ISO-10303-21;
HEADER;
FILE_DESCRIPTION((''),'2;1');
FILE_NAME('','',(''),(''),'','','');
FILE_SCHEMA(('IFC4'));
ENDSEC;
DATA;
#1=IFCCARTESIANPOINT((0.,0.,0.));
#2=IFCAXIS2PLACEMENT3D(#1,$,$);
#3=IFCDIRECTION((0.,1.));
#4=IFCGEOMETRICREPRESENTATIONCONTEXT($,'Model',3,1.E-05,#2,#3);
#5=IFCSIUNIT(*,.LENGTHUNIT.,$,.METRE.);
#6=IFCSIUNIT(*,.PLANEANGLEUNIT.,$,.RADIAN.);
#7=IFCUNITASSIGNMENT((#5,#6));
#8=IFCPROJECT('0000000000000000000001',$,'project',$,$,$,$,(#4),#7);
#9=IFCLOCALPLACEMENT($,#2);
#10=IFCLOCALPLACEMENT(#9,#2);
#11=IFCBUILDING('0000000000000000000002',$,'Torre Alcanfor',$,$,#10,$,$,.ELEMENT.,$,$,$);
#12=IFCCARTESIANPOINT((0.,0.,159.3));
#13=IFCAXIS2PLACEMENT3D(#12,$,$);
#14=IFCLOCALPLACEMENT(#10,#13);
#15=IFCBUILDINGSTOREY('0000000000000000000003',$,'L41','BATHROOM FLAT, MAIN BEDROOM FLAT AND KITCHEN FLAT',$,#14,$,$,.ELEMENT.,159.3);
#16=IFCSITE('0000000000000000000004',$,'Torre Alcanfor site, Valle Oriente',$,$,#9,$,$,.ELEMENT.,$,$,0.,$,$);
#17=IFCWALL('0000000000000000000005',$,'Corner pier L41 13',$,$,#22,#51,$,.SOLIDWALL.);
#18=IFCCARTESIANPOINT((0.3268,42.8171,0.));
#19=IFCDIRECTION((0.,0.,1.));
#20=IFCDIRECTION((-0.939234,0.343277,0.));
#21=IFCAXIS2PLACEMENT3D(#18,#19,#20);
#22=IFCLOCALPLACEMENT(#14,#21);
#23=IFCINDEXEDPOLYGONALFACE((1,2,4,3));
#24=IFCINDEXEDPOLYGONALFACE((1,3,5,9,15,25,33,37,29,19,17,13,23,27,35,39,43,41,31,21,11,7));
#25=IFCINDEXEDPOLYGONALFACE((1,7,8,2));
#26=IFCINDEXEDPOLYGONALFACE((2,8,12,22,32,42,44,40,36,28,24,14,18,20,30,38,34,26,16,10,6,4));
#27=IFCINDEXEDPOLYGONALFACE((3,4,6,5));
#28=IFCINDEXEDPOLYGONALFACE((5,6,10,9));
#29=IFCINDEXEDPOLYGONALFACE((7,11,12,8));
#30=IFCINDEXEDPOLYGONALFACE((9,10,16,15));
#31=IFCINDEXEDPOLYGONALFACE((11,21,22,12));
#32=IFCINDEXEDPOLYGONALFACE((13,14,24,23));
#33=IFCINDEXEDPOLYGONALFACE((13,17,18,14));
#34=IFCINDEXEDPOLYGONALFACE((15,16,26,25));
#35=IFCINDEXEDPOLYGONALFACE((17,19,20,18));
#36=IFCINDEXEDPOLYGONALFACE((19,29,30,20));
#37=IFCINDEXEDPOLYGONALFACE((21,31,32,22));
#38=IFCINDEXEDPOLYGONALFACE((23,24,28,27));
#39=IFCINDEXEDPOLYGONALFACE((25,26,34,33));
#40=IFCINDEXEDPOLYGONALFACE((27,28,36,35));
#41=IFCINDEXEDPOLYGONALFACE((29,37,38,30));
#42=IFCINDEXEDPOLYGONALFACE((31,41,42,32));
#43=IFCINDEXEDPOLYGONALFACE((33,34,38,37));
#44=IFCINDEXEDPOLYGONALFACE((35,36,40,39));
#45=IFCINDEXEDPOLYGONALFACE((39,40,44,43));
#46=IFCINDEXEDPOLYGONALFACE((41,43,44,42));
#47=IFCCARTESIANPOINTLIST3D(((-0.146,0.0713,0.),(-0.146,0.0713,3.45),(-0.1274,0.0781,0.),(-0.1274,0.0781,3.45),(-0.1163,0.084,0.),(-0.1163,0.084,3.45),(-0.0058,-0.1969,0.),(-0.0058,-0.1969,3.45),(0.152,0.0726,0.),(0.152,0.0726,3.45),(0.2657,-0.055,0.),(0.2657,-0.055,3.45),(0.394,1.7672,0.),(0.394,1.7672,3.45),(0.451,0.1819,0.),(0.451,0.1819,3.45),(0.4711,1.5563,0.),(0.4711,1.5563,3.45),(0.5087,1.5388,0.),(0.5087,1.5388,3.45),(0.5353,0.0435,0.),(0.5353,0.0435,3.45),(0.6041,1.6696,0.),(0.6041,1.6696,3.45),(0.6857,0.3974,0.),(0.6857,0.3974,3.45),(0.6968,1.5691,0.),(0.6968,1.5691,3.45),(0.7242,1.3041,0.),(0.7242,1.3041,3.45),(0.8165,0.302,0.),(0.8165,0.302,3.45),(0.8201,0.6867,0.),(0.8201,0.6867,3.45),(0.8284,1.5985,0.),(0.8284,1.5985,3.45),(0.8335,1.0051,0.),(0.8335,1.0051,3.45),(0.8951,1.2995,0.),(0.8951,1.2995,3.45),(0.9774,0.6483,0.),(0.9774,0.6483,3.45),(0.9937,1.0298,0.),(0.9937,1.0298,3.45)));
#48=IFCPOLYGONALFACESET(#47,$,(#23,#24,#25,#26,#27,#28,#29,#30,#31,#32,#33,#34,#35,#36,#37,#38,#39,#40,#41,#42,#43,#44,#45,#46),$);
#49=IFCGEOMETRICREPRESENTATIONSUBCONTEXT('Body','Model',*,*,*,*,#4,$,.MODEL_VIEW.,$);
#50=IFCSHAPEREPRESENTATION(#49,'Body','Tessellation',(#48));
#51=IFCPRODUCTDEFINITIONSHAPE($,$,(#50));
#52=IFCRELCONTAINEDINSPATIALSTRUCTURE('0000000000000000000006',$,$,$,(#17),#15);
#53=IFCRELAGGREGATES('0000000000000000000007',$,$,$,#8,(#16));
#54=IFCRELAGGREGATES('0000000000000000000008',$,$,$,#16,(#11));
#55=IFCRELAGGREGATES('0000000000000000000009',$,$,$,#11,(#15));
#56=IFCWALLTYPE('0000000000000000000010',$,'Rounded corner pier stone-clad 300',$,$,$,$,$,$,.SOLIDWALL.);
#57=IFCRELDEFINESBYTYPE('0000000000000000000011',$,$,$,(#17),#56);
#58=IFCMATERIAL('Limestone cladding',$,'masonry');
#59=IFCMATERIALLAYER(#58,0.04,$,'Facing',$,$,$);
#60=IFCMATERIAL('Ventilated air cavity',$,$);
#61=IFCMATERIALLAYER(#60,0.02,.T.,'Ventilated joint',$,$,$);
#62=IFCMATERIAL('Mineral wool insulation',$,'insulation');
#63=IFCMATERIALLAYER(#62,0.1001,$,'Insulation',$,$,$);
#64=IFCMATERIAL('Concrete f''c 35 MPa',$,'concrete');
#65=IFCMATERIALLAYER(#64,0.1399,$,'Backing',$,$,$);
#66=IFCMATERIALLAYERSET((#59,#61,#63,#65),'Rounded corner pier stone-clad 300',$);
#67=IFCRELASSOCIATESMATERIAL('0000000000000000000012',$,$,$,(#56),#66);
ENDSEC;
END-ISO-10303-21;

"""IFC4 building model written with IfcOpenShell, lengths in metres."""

from ifc_helpers import new_model, si_unit, direction, frame, origin, place, context, subcontext, project, spatial, polyline, outline, extrude, material, layer, layer_set, type_object, element, save


model = new_model("IFC4")

# Units and contexts
model_context = context("Model", 3, precision=1e-05, world=origin(), true_north=direction((0.0, 1.0)))
body_context = subcontext(model_context, "Body", "Model", "MODEL_VIEW")
ifc_project = project(units=[si_unit("LENGTHUNIT", "METRE"), si_unit("PLANEANGLEUNIT", "RADIAN")], contexts=[model_context])

# Site, building, storey
site_placement = place(None, origin())
site = spatial("IfcSite", under=ifc_project, at=site_placement, Name="Torre Alcanfor site, Valle Oriente", CompositionType="ELEMENT", RefElevation=0.0)
building_placement = place(site_placement, origin())
building = spatial("IfcBuilding", under=site, at=building_placement, Name="Torre Alcanfor", CompositionType="ELEMENT")
storey_placement = place(building_placement, frame((0.0, 0.0, 159.3)))
storey = spatial("IfcBuildingStorey", under=building, at=storey_placement, Name="L41", Description="BATHROOM FLAT, MAIN BEDROOM FLAT AND KITCHEN FLAT", CompositionType="ELEMENT", Elevation=159.3)

# Wall
ifc_material_1 = material(Name="Limestone cladding", Category="masonry")
ifc_layer_1 = layer(ifc_material_1, 0.04, Name="Facing")
ifc_material_2 = material(Name="Ventilated air cavity")
ifc_layer_2 = layer(ifc_material_2, 0.02, ventilated=True, Name="Ventilated joint")
ifc_material_3 = material(Name="Mineral wool insulation", Category="insulation")
ifc_layer_3 = layer(ifc_material_3, 0.1001, Name="Insulation")
ifc_material_4 = material(Name="Concrete f'c 35 MPa", Category="concrete")
ifc_layer_4 = layer(ifc_material_4, 0.1399, Name="Backing")
ifc_layer_set_1 = layer_set([ifc_layer_1, ifc_layer_2, ifc_layer_3, ifc_layer_4], Name="Rounded corner pier stone-clad 300")
wall_type_1 = type_object("IfcWallType", Name="Rounded corner pier stone-clad 300", PredefinedType="SOLIDWALL", material=ifc_layer_set_1)
wall_1_placement = place(storey_placement, frame((0.3268, 42.8171, 0.0), z_axis=(0.0, 0.0, 1.0), x_axis=(-0.939234, 0.343277, 0.0)))
element("IfcWall", 1, at=wall_1_placement, inside=storey, type_object=wall_type_1, Name="Corner pier L41 13", PredefinedType="SOLIDWALL", context=body_context, shape_type="SweptSolid", body=[
    extrude(outline(polyline([(-0.0058, -0.1969), (0.2657, -0.055), (0.5353, 0.0435), (0.8165, 0.302), (0.9774, 0.6483), (0.9937, 1.0298), (0.8951, 1.2995), (0.8284, 1.5985), (0.6968, 1.5691), (0.6041, 1.6696), (0.394, 1.7672), (0.4711, 1.5563), (0.5087, 1.5388), (0.7242, 1.3041), (0.8335, 1.0051), (0.8201, 0.6867), (0.6857, 0.3974), (0.451, 0.1819), (0.152, 0.0726), (-0.1163, 0.084), (-0.1274, 0.0781), (-0.146, 0.0713), (-0.0058, -0.1969)])), origin(), (0.0, 0.0, 1.0), 3.45),
])

save(model, "model.ifc")
